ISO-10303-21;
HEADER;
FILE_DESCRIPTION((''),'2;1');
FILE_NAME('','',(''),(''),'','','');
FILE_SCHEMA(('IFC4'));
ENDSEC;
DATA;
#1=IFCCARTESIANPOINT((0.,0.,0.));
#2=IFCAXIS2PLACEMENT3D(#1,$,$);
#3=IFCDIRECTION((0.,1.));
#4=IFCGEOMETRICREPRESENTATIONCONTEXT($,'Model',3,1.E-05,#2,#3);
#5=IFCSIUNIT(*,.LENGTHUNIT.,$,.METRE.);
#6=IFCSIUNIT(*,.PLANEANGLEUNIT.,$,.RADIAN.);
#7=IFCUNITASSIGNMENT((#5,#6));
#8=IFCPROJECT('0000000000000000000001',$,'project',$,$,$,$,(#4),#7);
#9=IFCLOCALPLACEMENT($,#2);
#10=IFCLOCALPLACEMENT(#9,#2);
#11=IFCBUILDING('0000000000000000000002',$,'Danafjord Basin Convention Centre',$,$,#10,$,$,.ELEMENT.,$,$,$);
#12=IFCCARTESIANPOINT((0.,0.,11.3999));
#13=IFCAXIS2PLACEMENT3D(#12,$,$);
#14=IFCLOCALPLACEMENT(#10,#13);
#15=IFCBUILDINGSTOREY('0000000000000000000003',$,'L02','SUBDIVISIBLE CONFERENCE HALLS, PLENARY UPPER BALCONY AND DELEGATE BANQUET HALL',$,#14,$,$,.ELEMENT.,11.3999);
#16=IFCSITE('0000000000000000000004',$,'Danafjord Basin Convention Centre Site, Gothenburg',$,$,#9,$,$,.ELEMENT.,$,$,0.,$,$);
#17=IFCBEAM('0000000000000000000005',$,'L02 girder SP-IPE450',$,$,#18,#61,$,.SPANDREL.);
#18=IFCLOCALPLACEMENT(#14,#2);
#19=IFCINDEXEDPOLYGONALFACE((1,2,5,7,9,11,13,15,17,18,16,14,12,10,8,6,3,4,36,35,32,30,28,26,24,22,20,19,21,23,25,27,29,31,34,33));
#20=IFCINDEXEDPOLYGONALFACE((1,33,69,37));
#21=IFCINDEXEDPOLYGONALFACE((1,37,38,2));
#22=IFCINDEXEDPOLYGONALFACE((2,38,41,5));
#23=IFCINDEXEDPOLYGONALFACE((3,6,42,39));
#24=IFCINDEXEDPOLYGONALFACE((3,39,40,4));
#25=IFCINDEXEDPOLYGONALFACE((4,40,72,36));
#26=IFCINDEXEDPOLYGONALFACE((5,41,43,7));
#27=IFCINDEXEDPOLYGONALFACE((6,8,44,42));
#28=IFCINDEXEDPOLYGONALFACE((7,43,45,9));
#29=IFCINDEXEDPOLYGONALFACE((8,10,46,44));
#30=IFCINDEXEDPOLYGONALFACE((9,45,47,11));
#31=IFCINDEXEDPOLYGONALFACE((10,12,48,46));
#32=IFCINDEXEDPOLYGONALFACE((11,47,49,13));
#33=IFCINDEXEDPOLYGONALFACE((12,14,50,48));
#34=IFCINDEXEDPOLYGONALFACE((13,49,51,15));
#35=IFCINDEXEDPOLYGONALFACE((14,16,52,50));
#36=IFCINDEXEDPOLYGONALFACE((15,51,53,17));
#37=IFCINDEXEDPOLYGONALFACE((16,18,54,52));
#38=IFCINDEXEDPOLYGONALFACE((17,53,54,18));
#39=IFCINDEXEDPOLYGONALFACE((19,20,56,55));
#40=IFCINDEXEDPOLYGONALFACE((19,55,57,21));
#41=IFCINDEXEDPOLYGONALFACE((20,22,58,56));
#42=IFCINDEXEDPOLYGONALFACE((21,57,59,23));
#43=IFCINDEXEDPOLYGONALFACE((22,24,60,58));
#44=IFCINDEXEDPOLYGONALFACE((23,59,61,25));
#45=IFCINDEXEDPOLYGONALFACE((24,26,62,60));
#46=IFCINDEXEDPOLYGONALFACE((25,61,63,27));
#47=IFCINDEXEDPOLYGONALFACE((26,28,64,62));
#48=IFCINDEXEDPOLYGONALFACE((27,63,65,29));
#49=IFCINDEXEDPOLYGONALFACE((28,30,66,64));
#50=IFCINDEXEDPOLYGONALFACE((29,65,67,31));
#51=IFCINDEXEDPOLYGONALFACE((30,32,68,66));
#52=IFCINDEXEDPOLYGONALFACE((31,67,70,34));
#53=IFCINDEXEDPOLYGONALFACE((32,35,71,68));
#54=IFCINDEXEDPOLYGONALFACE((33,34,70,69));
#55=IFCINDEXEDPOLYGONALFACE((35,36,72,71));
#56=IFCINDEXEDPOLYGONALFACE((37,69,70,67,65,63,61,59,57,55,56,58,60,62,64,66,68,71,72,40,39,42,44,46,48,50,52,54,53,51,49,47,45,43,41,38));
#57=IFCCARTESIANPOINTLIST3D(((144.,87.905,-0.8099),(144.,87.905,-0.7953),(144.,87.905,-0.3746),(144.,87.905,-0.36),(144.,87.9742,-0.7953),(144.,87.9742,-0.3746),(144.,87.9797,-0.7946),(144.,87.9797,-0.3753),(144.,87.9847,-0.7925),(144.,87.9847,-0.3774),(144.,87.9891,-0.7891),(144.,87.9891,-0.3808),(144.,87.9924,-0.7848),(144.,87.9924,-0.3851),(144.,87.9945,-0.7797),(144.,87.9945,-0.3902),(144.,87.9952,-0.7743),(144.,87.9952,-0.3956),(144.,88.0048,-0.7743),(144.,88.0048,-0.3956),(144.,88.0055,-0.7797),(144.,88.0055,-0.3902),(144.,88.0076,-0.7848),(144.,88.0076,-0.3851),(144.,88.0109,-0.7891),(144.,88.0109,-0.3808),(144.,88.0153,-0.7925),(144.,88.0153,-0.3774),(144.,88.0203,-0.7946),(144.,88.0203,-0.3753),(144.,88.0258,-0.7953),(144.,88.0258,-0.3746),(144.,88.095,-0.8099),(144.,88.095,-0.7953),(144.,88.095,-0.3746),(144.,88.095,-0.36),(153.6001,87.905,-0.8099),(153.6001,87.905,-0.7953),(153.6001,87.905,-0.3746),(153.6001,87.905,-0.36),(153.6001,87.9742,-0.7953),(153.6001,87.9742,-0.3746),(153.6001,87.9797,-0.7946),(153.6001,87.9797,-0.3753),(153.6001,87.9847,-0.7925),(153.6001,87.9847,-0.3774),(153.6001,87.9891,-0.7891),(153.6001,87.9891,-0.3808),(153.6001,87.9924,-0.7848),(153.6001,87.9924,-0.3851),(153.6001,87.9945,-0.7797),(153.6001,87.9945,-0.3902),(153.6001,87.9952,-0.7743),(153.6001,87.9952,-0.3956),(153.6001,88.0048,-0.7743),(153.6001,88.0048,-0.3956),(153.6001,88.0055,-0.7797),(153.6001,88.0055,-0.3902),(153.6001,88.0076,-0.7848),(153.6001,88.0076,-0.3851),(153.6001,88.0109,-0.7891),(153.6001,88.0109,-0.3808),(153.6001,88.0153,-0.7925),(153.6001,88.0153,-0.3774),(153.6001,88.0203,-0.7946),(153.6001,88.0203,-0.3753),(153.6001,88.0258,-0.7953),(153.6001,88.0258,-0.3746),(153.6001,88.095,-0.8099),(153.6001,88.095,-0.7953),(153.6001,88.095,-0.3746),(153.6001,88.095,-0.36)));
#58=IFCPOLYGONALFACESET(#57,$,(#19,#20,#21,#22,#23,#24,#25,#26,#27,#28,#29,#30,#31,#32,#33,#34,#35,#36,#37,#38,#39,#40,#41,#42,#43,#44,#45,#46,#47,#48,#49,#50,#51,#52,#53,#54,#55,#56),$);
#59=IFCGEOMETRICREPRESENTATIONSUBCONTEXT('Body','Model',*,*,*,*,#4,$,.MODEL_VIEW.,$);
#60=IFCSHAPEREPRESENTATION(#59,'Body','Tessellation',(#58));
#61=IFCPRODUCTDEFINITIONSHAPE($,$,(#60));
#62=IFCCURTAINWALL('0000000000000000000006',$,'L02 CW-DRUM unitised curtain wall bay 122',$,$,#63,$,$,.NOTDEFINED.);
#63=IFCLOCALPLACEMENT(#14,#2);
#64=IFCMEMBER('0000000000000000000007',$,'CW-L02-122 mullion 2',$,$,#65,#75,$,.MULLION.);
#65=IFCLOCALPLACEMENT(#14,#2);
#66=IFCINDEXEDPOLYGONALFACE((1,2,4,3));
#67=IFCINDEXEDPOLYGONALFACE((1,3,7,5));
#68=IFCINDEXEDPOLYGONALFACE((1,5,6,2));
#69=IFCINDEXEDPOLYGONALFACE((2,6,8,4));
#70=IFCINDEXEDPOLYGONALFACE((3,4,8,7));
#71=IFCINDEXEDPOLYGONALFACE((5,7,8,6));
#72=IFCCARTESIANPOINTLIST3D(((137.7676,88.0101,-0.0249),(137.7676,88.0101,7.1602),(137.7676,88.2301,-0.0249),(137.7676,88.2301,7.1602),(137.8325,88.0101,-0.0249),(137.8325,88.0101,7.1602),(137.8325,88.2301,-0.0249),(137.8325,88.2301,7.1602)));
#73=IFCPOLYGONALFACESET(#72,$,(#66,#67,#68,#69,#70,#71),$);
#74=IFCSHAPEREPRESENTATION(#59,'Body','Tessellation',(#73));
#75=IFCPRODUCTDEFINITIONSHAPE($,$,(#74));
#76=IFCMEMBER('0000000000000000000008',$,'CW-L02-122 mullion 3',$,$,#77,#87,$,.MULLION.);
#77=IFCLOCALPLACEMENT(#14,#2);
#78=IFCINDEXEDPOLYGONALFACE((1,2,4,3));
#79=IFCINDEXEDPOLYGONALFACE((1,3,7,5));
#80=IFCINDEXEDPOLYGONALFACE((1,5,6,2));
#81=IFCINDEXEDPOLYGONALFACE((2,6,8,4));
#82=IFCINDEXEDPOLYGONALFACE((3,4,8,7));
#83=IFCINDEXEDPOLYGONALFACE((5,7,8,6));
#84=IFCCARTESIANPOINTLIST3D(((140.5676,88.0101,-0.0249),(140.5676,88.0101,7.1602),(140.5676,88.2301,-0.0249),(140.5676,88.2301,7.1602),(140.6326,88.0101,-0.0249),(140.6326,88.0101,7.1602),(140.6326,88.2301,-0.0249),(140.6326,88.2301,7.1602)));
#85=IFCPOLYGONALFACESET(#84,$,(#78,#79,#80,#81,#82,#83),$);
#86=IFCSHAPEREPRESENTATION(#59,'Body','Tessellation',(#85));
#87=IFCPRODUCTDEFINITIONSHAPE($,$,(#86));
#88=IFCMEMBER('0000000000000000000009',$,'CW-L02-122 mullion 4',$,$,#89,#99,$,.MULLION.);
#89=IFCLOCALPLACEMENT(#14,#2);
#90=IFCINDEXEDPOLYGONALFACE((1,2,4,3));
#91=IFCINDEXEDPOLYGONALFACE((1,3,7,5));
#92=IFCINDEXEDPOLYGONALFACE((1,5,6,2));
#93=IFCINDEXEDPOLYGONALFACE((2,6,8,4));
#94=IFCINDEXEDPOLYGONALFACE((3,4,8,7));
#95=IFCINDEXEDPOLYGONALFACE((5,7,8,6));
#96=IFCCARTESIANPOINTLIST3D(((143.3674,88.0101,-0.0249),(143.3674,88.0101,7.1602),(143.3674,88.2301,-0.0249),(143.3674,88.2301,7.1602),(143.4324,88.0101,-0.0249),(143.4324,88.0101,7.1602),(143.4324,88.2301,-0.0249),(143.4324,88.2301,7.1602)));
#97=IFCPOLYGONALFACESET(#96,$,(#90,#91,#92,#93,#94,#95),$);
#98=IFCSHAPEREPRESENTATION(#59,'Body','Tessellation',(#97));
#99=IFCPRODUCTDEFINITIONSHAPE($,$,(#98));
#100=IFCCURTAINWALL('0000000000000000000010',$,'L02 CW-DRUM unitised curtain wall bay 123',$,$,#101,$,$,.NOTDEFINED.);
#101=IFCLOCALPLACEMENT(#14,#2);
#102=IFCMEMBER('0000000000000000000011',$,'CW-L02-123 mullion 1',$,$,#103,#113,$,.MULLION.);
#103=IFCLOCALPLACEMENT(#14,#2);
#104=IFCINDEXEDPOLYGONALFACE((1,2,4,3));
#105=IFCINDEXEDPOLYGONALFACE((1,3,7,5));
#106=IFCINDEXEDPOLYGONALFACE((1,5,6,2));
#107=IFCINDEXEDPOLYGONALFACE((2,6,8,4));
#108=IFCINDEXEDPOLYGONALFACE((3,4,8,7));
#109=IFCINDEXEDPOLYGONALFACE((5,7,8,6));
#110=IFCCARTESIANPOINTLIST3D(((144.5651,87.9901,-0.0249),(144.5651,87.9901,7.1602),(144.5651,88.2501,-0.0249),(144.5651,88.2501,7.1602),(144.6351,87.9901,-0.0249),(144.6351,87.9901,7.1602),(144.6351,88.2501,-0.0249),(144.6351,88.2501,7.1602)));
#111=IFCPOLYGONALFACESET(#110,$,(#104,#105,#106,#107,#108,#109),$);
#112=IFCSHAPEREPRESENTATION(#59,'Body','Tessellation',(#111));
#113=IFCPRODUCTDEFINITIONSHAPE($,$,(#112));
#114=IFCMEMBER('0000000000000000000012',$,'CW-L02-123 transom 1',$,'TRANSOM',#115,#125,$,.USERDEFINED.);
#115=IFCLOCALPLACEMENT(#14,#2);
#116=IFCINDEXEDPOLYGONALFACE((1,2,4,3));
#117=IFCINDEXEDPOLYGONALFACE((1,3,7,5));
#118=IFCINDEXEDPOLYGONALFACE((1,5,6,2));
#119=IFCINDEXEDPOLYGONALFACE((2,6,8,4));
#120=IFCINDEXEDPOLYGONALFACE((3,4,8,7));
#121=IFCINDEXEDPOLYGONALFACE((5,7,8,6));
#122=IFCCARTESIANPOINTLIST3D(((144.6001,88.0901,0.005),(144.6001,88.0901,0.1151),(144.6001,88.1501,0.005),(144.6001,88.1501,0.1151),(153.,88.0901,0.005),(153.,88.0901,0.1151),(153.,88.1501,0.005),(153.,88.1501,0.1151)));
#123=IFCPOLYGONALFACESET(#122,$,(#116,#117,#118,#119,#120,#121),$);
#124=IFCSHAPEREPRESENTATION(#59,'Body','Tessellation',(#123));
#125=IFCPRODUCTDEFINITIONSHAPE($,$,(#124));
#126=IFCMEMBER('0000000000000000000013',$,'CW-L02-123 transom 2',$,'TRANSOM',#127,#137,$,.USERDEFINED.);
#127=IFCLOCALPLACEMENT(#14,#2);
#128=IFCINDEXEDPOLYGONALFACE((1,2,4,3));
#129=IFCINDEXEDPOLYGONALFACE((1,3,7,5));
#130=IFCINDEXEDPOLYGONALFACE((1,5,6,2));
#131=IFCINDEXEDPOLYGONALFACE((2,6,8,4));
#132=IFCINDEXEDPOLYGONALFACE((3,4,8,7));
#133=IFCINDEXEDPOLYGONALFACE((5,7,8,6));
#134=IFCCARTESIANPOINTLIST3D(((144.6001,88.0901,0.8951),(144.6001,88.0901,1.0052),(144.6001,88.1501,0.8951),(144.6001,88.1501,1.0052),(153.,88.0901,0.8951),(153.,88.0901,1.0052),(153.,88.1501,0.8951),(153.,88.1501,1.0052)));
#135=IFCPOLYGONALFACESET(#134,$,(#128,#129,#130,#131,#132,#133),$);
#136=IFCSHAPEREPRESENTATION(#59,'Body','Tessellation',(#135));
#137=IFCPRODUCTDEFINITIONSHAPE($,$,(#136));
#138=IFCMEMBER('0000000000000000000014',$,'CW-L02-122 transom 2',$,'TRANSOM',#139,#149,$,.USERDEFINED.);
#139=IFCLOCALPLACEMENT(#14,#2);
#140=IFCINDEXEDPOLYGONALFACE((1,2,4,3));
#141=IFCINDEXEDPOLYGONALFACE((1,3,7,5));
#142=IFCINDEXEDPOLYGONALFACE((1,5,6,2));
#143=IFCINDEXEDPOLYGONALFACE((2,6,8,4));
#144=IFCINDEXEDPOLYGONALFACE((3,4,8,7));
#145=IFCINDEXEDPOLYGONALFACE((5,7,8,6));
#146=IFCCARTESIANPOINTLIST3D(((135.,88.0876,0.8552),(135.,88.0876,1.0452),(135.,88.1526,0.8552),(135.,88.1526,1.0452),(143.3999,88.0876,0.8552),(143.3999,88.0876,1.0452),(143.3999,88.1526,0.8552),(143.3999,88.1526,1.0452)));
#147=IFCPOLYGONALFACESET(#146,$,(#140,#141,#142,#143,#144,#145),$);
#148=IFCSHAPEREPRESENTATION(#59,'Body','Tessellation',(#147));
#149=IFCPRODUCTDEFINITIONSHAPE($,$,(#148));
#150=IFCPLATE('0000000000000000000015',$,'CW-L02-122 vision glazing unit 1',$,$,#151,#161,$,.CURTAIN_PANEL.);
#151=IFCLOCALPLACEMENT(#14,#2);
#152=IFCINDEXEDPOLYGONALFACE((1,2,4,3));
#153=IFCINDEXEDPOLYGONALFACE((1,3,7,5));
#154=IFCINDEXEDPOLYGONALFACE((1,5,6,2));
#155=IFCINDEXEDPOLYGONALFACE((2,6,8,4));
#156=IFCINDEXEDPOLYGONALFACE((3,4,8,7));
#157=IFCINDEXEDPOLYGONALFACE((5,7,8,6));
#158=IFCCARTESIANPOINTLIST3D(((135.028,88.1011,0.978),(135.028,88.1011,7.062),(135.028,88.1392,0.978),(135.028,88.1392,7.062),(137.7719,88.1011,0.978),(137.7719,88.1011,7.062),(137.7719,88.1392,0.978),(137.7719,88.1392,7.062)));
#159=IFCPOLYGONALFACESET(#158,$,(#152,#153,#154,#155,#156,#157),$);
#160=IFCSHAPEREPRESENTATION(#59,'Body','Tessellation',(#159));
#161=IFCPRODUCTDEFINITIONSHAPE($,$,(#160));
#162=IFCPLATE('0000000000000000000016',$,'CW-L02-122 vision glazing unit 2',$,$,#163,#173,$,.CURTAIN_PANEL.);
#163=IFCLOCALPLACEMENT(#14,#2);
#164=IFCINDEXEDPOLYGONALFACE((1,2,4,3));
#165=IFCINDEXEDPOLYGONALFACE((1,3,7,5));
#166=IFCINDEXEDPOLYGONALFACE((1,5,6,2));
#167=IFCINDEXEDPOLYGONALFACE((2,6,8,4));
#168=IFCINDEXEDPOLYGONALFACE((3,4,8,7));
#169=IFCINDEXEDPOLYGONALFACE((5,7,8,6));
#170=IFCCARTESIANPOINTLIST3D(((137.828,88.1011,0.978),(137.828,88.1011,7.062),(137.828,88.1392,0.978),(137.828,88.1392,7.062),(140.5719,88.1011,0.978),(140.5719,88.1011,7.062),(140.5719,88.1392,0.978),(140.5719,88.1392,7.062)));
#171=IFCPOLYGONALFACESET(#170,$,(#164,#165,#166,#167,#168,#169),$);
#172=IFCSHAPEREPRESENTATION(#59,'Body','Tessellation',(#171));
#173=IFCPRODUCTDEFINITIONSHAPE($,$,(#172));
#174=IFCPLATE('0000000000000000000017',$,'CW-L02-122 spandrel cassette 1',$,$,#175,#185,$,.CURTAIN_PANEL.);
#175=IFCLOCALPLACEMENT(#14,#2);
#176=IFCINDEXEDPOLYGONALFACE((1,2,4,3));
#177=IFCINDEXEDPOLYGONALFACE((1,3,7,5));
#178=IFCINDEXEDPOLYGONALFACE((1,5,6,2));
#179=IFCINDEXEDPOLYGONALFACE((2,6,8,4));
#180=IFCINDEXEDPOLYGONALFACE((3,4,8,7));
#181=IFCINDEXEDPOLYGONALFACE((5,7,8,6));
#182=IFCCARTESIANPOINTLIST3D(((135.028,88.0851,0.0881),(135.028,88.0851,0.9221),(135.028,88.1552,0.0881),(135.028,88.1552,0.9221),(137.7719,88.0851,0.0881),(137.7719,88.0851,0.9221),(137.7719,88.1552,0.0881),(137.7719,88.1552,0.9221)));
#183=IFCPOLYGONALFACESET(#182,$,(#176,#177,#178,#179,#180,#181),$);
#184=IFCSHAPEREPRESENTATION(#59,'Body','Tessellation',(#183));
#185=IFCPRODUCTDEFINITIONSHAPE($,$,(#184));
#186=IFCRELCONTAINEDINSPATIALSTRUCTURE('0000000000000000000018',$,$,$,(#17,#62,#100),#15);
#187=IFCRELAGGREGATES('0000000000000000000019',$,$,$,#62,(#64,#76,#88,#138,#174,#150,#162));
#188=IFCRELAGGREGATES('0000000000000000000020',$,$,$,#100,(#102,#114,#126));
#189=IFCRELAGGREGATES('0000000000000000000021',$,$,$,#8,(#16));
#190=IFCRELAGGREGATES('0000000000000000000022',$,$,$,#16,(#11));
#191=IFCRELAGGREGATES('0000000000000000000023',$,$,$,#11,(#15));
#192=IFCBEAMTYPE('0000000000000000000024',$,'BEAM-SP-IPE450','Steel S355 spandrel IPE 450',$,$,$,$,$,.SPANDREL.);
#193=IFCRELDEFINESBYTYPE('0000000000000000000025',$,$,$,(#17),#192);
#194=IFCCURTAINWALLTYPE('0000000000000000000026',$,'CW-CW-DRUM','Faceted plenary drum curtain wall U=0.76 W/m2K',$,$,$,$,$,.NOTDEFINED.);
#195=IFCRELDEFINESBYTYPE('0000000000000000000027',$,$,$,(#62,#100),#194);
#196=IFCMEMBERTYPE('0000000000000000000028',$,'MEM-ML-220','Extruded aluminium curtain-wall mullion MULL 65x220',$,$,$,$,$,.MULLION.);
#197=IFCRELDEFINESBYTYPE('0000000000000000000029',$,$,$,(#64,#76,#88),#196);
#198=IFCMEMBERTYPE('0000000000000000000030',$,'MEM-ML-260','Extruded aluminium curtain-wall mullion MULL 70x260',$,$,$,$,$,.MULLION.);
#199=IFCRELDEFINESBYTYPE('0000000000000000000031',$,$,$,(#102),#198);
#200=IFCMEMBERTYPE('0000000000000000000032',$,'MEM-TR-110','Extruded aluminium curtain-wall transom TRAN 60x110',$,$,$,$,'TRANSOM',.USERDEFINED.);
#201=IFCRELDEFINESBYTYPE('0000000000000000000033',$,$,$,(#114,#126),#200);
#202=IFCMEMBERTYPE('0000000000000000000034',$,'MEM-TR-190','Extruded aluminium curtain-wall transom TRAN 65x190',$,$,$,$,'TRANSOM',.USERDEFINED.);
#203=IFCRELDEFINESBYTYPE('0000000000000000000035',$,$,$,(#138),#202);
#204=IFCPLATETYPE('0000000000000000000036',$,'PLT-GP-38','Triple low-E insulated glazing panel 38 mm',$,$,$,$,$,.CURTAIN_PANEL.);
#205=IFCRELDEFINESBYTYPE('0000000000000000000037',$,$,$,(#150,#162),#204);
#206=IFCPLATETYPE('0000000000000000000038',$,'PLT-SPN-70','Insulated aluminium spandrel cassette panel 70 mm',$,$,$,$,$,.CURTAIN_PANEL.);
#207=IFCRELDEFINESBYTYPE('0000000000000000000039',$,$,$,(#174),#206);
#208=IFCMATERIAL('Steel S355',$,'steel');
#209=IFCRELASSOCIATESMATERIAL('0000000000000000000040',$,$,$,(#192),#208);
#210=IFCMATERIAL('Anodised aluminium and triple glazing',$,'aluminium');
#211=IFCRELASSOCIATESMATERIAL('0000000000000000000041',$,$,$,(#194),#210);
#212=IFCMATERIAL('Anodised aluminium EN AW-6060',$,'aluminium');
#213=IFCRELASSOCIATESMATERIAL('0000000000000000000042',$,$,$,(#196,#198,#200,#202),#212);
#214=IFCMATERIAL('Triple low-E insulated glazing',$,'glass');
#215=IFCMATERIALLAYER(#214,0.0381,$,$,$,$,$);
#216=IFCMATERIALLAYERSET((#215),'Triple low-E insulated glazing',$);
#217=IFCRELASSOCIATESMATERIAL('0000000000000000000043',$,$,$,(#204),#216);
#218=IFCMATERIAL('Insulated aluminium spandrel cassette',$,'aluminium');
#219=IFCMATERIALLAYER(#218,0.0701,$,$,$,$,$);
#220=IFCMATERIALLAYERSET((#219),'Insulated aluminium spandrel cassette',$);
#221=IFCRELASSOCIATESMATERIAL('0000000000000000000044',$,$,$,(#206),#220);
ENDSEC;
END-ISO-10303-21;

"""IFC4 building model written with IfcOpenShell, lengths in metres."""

from ifc_helpers import new_model, si_unit, direction, frame, origin, origin_2d, place, context, subcontext, project, spatial, rectangle, i_section, extrude, material, layer, layer_set, material_profile, profile_set, type_object, element, aggregate, save


model = new_model("IFC4")

# Units and contexts
model_context = context("Model", 3, precision=1e-05, world=origin(), true_north=direction((0.0, 1.0)))
body_context = subcontext(model_context, "Body", "Model", "MODEL_VIEW")
ifc_project = project(units=[si_unit("LENGTHUNIT", "METRE"), si_unit("PLANEANGLEUNIT", "RADIAN")], contexts=[model_context])

# Site, building, storey
site_placement = place(None, origin())
site = spatial("IfcSite", under=ifc_project, at=site_placement, Name="Danafjord Basin Convention Centre Site, Gothenburg", CompositionType="ELEMENT", RefElevation=0.0)
building_placement = place(site_placement, origin())
building = spatial("IfcBuilding", under=site, at=building_placement, Name="Danafjord Basin Convention Centre", CompositionType="ELEMENT")
storey_placement = place(building_placement, frame((0.0, 0.0, 11.3999)))
storey = spatial("IfcBuildingStorey", under=building, at=storey_placement, Name="L02", Description="SUBDIVISIBLE CONFERENCE HALLS, PLENARY UPPER BALCONY AND DELEGATE BANQUET HALL", CompositionType="ELEMENT", Elevation=11.3999)

# Shared definitions
ifc_material_1 = material(Name="Steel S355", Category="steel")

# Beam
ifc_material_profile_1 = material_profile(ifc_material_1, i_section(OverallWidth=0.1899, OverallDepth=0.45, WebThickness=0.0095, FlangeThickness=0.0146, FilletRadius=0.021, at=origin_2d()), Name="IPE 450")
ifc_profile_set_1 = profile_set([ifc_material_profile_1], Name="Steel S355")
beam_type_1 = type_object("IfcBeamType", Name="BEAM-SP-IPE450", Description="Steel S355 spandrel IPE 450", PredefinedType="SPANDREL", material=ifc_profile_set_1)
beam_1_placement = place(storey_placement, frame((144.0, 88.0, -0.585), z_axis=(1.0, 0.0, 0.0), x_axis=(0.0, 1.0, 0.0)))
element("IfcBeam", 1, at=beam_1_placement, inside=storey, type_object=beam_type_1, Name="L02 girder SP-IPE450", PredefinedType="SPANDREL", context=body_context, shape_type="SweptSolid", body=[
    extrude(i_section(OverallWidth=0.1899, OverallDepth=0.45, WebThickness=0.0095, FlangeThickness=0.0146, FilletRadius=0.021, at=origin_2d()), origin(), (0.0, 0.0, 1.0), 9.6001),
])

# Curtain walls, members
ifc_material_2 = material(Name="Anodised aluminium and triple glazing", Category="aluminium")
curtain_wall_type = type_object("IfcCurtainWallType", Name="CW-CW-DRUM", Description="Faceted plenary drum curtain wall U=0.76 W/m2K", PredefinedType="NOTDEFINED", material=ifc_material_2)
curtain_wall_1_placement = place(storey_placement, origin())
curtain_wall_1 = element("IfcCurtainWall", 2, at=curtain_wall_1_placement, inside=storey, type_object=curtain_wall_type, Name="L02 CW-DRUM unitised curtain wall bay 122", PredefinedType="NOTDEFINED")
ifc_material_3 = material(Name="Anodised aluminium EN AW-6060", Category="aluminium")
ifc_material_profile_2 = material_profile(ifc_material_3, rectangle(XDim=0.0649, YDim=0.22, at=origin_2d()), Name="MULL 65x220")
ifc_profile_set_2 = profile_set([ifc_material_profile_2], Name="Anodised aluminium EN AW-6060")
member_type_1 = type_object("IfcMemberType", Name="MEM-ML-220", Description="Extruded aluminium curtain-wall mullion MULL 65x220", PredefinedType="MULLION", material=ifc_profile_set_2)
member_1_placement = place(storey_placement, frame((137.8, 88.1201, -0.0249), z_axis=(0.0, 0.0, 1.0), x_axis=(1.0, 0.0, 0.0)))
member_1 = element("IfcMember", 3, at=member_1_placement, type_object=member_type_1, Name="CW-L02-122 mullion 2", PredefinedType="MULLION", context=body_context, shape_type="SweptSolid", body=[
    extrude(rectangle(XDim=0.0649, YDim=0.22, at=origin_2d()), origin(), (0.0, 0.0, 1.0), 7.1851),
])
member_2_placement = place(storey_placement, frame((140.6001, 88.1201, -0.0249), z_axis=(0.0, 0.0, 1.0), x_axis=(1.0, 0.0, 0.0)))
member_2 = element("IfcMember", 4, at=member_2_placement, type_object=member_type_1, Name="CW-L02-122 mullion 3", PredefinedType="MULLION", context=body_context, shape_type="SweptSolid", body=[
    extrude(rectangle(XDim=0.0649, YDim=0.22, at=origin_2d()), origin(), (0.0, 0.0, 1.0), 7.1851),
])
member_3_placement = place(storey_placement, frame((143.3999, 88.1201, -0.0249), z_axis=(0.0, 0.0, 1.0), x_axis=(1.0, 0.0, 0.0)))
member_3 = element("IfcMember", 5, at=member_3_placement, type_object=member_type_1, Name="CW-L02-122 mullion 4", PredefinedType="MULLION", context=body_context, shape_type="SweptSolid", body=[
    extrude(rectangle(XDim=0.0649, YDim=0.22, at=origin_2d()), origin(), (0.0, 0.0, 1.0), 7.1851),
])
curtain_wall_2_placement = place(storey_placement, origin())
curtain_wall_2 = element("IfcCurtainWall", 6, at=curtain_wall_2_placement, inside=storey, type_object=curtain_wall_type, Name="L02 CW-DRUM unitised curtain wall bay 123", PredefinedType="NOTDEFINED")
ifc_material_profile_3 = material_profile(ifc_material_3, rectangle(XDim=0.0701, YDim=0.26, at=origin_2d()), Name="MULL 70x260")
ifc_profile_set_3 = profile_set([ifc_material_profile_3], Name="Anodised aluminium EN AW-6060")
member_type_2 = type_object("IfcMemberType", Name="MEM-ML-260", Description="Extruded aluminium curtain-wall mullion MULL 70x260", PredefinedType="MULLION", material=ifc_profile_set_3)
member_4_placement = place(storey_placement, frame((144.6001, 88.1201, -0.0249), z_axis=(0.0, 0.0, 1.0), x_axis=(1.0, 0.0, 0.0)))
member_4 = element("IfcMember", 7, at=member_4_placement, type_object=member_type_2, Name="CW-L02-123 mullion 1", PredefinedType="MULLION", context=body_context, shape_type="SweptSolid", body=[
    extrude(rectangle(XDim=0.0701, YDim=0.26, at=origin_2d()), origin(), (0.0, 0.0, 1.0), 7.1851),
])
ifc_material_profile_4 = material_profile(ifc_material_3, rectangle(XDim=0.0601, YDim=0.1101, at=origin_2d()), Name="TRAN 60x110")
ifc_profile_set_4 = profile_set([ifc_material_profile_4], Name="Anodised aluminium EN AW-6060")
member_type_3 = type_object("IfcMemberType", Name="MEM-TR-110", Description="Extruded aluminium curtain-wall transom TRAN 60x110", ElementType="TRANSOM", PredefinedType="USERDEFINED", material=ifc_profile_set_4)
member_5_placement = place(storey_placement, frame((144.6001, 88.1201, 0.0601), z_axis=(1.0, 0.0, 0.0), x_axis=(0.0, 1.0, 0.0)))
member_5 = element("IfcMember", 8, at=member_5_placement, type_object=member_type_3, Name="CW-L02-123 transom 1", ObjectType="TRANSOM", PredefinedType="USERDEFINED", context=body_context, shape_type="SweptSolid", body=[
    extrude(rectangle(XDim=0.0601, YDim=0.1101, at=origin_2d()), origin(), (0.0, 0.0, 1.0), 8.3999),
])
member_6_placement = place(storey_placement, frame((144.6001, 88.1201, 0.9502), z_axis=(1.0, 0.0, 0.0), x_axis=(0.0, 1.0, 0.0)))
member_6 = element("IfcMember", 9, at=member_6_placement, type_object=member_type_3, Name="CW-L02-123 transom 2", ObjectType="TRANSOM", PredefinedType="USERDEFINED", context=body_context, shape_type="SweptSolid", body=[
    extrude(rectangle(XDim=0.0601, YDim=0.1101, at=origin_2d()), origin(), (0.0, 0.0, 1.0), 8.3999),
])

# Member
ifc_material_profile_5 = material_profile(ifc_material_3, rectangle(XDim=0.0649, YDim=0.1899, at=origin_2d()), Name="TRAN 65x190")
ifc_profile_set_5 = profile_set([ifc_material_profile_5], Name="Anodised aluminium EN AW-6060")
member_type_4 = type_object("IfcMemberType", Name="MEM-TR-190", Description="Extruded aluminium curtain-wall transom TRAN 65x190", ElementType="TRANSOM", PredefinedType="USERDEFINED", material=ifc_profile_set_5)
member_7_placement = place(storey_placement, frame((135.0, 88.1201, 0.9502), z_axis=(1.0, 0.0, 0.0), x_axis=(0.0, 1.0, 0.0)))
member_7 = element("IfcMember", 10, at=member_7_placement, type_object=member_type_4, Name="CW-L02-122 transom 2", ObjectType="TRANSOM", PredefinedType="USERDEFINED", context=body_context, shape_type="SweptSolid", body=[
    extrude(rectangle(XDim=0.0649, YDim=0.1899, at=origin_2d()), origin(), (0.0, 0.0, 1.0), 8.3999),
])

# Plates
ifc_material_4 = material(Name="Triple low-E insulated glazing", Category="glass")
ifc_layer_1 = layer(ifc_material_4, 0.0381)
ifc_layer_set_1 = layer_set([ifc_layer_1], Name="Triple low-E insulated glazing")
plate_type_1 = type_object("IfcPlateType", Name="PLT-GP-38", Description="Triple low-E insulated glazing panel 38 mm", PredefinedType="CURTAIN_PANEL", material=ifc_layer_set_1)
plate_1_placement = place(storey_placement, frame((136.3999, 88.1201, 0.978), z_axis=(0.0, 0.0, 1.0), x_axis=(1.0, 0.0, 0.0)))
plate_1 = element("IfcPlate", 11, at=plate_1_placement, type_object=plate_type_1, Name="CW-L02-122 vision glazing unit 1", PredefinedType="CURTAIN_PANEL", context=body_context, shape_type="SweptSolid", body=[
    extrude(rectangle(XDim=2.7439, YDim=0.0381, at=origin_2d()), origin(), (0.0, 0.0, 1.0), 6.084),
])
plate_2_placement = place(storey_placement, frame((139.2, 88.1201, 0.978), z_axis=(0.0, 0.0, 1.0), x_axis=(1.0, 0.0, 0.0)))
plate_2 = element("IfcPlate", 12, at=plate_2_placement, type_object=plate_type_1, Name="CW-L02-122 vision glazing unit 2", PredefinedType="CURTAIN_PANEL", context=body_context, shape_type="SweptSolid", body=[
    extrude(rectangle(XDim=2.7439, YDim=0.0381, at=origin_2d()), origin(), (0.0, 0.0, 1.0), 6.084),
])
ifc_material_5 = material(Name="Insulated aluminium spandrel cassette", Category="aluminium")
ifc_layer_2 = layer(ifc_material_5, 0.0701)
ifc_layer_set_2 = layer_set([ifc_layer_2], Name="Insulated aluminium spandrel cassette")
plate_type_2 = type_object("IfcPlateType", Name="PLT-SPN-70", Description="Insulated aluminium spandrel cassette panel 70 mm", PredefinedType="CURTAIN_PANEL", material=ifc_layer_set_2)
plate_3_placement = place(storey_placement, frame((136.3999, 88.1201, 0.0881), z_axis=(0.0, 0.0, 1.0), x_axis=(1.0, 0.0, 0.0)))
plate_3 = element("IfcPlate", 13, at=plate_3_placement, type_object=plate_type_2, Name="CW-L02-122 spandrel cassette 1", PredefinedType="CURTAIN_PANEL", context=body_context, shape_type="SweptSolid", body=[
    extrude(rectangle(XDim=2.7439, YDim=0.0701, at=origin_2d()), origin(), (0.0, 0.0, 1.0), 0.834),
])
aggregate(curtain_wall_1, [member_1, member_2, member_3, member_7, plate_3, plate_1, plate_2])
aggregate(curtain_wall_2, [member_4, member_5, member_6])

save(model, "model.ifc")
